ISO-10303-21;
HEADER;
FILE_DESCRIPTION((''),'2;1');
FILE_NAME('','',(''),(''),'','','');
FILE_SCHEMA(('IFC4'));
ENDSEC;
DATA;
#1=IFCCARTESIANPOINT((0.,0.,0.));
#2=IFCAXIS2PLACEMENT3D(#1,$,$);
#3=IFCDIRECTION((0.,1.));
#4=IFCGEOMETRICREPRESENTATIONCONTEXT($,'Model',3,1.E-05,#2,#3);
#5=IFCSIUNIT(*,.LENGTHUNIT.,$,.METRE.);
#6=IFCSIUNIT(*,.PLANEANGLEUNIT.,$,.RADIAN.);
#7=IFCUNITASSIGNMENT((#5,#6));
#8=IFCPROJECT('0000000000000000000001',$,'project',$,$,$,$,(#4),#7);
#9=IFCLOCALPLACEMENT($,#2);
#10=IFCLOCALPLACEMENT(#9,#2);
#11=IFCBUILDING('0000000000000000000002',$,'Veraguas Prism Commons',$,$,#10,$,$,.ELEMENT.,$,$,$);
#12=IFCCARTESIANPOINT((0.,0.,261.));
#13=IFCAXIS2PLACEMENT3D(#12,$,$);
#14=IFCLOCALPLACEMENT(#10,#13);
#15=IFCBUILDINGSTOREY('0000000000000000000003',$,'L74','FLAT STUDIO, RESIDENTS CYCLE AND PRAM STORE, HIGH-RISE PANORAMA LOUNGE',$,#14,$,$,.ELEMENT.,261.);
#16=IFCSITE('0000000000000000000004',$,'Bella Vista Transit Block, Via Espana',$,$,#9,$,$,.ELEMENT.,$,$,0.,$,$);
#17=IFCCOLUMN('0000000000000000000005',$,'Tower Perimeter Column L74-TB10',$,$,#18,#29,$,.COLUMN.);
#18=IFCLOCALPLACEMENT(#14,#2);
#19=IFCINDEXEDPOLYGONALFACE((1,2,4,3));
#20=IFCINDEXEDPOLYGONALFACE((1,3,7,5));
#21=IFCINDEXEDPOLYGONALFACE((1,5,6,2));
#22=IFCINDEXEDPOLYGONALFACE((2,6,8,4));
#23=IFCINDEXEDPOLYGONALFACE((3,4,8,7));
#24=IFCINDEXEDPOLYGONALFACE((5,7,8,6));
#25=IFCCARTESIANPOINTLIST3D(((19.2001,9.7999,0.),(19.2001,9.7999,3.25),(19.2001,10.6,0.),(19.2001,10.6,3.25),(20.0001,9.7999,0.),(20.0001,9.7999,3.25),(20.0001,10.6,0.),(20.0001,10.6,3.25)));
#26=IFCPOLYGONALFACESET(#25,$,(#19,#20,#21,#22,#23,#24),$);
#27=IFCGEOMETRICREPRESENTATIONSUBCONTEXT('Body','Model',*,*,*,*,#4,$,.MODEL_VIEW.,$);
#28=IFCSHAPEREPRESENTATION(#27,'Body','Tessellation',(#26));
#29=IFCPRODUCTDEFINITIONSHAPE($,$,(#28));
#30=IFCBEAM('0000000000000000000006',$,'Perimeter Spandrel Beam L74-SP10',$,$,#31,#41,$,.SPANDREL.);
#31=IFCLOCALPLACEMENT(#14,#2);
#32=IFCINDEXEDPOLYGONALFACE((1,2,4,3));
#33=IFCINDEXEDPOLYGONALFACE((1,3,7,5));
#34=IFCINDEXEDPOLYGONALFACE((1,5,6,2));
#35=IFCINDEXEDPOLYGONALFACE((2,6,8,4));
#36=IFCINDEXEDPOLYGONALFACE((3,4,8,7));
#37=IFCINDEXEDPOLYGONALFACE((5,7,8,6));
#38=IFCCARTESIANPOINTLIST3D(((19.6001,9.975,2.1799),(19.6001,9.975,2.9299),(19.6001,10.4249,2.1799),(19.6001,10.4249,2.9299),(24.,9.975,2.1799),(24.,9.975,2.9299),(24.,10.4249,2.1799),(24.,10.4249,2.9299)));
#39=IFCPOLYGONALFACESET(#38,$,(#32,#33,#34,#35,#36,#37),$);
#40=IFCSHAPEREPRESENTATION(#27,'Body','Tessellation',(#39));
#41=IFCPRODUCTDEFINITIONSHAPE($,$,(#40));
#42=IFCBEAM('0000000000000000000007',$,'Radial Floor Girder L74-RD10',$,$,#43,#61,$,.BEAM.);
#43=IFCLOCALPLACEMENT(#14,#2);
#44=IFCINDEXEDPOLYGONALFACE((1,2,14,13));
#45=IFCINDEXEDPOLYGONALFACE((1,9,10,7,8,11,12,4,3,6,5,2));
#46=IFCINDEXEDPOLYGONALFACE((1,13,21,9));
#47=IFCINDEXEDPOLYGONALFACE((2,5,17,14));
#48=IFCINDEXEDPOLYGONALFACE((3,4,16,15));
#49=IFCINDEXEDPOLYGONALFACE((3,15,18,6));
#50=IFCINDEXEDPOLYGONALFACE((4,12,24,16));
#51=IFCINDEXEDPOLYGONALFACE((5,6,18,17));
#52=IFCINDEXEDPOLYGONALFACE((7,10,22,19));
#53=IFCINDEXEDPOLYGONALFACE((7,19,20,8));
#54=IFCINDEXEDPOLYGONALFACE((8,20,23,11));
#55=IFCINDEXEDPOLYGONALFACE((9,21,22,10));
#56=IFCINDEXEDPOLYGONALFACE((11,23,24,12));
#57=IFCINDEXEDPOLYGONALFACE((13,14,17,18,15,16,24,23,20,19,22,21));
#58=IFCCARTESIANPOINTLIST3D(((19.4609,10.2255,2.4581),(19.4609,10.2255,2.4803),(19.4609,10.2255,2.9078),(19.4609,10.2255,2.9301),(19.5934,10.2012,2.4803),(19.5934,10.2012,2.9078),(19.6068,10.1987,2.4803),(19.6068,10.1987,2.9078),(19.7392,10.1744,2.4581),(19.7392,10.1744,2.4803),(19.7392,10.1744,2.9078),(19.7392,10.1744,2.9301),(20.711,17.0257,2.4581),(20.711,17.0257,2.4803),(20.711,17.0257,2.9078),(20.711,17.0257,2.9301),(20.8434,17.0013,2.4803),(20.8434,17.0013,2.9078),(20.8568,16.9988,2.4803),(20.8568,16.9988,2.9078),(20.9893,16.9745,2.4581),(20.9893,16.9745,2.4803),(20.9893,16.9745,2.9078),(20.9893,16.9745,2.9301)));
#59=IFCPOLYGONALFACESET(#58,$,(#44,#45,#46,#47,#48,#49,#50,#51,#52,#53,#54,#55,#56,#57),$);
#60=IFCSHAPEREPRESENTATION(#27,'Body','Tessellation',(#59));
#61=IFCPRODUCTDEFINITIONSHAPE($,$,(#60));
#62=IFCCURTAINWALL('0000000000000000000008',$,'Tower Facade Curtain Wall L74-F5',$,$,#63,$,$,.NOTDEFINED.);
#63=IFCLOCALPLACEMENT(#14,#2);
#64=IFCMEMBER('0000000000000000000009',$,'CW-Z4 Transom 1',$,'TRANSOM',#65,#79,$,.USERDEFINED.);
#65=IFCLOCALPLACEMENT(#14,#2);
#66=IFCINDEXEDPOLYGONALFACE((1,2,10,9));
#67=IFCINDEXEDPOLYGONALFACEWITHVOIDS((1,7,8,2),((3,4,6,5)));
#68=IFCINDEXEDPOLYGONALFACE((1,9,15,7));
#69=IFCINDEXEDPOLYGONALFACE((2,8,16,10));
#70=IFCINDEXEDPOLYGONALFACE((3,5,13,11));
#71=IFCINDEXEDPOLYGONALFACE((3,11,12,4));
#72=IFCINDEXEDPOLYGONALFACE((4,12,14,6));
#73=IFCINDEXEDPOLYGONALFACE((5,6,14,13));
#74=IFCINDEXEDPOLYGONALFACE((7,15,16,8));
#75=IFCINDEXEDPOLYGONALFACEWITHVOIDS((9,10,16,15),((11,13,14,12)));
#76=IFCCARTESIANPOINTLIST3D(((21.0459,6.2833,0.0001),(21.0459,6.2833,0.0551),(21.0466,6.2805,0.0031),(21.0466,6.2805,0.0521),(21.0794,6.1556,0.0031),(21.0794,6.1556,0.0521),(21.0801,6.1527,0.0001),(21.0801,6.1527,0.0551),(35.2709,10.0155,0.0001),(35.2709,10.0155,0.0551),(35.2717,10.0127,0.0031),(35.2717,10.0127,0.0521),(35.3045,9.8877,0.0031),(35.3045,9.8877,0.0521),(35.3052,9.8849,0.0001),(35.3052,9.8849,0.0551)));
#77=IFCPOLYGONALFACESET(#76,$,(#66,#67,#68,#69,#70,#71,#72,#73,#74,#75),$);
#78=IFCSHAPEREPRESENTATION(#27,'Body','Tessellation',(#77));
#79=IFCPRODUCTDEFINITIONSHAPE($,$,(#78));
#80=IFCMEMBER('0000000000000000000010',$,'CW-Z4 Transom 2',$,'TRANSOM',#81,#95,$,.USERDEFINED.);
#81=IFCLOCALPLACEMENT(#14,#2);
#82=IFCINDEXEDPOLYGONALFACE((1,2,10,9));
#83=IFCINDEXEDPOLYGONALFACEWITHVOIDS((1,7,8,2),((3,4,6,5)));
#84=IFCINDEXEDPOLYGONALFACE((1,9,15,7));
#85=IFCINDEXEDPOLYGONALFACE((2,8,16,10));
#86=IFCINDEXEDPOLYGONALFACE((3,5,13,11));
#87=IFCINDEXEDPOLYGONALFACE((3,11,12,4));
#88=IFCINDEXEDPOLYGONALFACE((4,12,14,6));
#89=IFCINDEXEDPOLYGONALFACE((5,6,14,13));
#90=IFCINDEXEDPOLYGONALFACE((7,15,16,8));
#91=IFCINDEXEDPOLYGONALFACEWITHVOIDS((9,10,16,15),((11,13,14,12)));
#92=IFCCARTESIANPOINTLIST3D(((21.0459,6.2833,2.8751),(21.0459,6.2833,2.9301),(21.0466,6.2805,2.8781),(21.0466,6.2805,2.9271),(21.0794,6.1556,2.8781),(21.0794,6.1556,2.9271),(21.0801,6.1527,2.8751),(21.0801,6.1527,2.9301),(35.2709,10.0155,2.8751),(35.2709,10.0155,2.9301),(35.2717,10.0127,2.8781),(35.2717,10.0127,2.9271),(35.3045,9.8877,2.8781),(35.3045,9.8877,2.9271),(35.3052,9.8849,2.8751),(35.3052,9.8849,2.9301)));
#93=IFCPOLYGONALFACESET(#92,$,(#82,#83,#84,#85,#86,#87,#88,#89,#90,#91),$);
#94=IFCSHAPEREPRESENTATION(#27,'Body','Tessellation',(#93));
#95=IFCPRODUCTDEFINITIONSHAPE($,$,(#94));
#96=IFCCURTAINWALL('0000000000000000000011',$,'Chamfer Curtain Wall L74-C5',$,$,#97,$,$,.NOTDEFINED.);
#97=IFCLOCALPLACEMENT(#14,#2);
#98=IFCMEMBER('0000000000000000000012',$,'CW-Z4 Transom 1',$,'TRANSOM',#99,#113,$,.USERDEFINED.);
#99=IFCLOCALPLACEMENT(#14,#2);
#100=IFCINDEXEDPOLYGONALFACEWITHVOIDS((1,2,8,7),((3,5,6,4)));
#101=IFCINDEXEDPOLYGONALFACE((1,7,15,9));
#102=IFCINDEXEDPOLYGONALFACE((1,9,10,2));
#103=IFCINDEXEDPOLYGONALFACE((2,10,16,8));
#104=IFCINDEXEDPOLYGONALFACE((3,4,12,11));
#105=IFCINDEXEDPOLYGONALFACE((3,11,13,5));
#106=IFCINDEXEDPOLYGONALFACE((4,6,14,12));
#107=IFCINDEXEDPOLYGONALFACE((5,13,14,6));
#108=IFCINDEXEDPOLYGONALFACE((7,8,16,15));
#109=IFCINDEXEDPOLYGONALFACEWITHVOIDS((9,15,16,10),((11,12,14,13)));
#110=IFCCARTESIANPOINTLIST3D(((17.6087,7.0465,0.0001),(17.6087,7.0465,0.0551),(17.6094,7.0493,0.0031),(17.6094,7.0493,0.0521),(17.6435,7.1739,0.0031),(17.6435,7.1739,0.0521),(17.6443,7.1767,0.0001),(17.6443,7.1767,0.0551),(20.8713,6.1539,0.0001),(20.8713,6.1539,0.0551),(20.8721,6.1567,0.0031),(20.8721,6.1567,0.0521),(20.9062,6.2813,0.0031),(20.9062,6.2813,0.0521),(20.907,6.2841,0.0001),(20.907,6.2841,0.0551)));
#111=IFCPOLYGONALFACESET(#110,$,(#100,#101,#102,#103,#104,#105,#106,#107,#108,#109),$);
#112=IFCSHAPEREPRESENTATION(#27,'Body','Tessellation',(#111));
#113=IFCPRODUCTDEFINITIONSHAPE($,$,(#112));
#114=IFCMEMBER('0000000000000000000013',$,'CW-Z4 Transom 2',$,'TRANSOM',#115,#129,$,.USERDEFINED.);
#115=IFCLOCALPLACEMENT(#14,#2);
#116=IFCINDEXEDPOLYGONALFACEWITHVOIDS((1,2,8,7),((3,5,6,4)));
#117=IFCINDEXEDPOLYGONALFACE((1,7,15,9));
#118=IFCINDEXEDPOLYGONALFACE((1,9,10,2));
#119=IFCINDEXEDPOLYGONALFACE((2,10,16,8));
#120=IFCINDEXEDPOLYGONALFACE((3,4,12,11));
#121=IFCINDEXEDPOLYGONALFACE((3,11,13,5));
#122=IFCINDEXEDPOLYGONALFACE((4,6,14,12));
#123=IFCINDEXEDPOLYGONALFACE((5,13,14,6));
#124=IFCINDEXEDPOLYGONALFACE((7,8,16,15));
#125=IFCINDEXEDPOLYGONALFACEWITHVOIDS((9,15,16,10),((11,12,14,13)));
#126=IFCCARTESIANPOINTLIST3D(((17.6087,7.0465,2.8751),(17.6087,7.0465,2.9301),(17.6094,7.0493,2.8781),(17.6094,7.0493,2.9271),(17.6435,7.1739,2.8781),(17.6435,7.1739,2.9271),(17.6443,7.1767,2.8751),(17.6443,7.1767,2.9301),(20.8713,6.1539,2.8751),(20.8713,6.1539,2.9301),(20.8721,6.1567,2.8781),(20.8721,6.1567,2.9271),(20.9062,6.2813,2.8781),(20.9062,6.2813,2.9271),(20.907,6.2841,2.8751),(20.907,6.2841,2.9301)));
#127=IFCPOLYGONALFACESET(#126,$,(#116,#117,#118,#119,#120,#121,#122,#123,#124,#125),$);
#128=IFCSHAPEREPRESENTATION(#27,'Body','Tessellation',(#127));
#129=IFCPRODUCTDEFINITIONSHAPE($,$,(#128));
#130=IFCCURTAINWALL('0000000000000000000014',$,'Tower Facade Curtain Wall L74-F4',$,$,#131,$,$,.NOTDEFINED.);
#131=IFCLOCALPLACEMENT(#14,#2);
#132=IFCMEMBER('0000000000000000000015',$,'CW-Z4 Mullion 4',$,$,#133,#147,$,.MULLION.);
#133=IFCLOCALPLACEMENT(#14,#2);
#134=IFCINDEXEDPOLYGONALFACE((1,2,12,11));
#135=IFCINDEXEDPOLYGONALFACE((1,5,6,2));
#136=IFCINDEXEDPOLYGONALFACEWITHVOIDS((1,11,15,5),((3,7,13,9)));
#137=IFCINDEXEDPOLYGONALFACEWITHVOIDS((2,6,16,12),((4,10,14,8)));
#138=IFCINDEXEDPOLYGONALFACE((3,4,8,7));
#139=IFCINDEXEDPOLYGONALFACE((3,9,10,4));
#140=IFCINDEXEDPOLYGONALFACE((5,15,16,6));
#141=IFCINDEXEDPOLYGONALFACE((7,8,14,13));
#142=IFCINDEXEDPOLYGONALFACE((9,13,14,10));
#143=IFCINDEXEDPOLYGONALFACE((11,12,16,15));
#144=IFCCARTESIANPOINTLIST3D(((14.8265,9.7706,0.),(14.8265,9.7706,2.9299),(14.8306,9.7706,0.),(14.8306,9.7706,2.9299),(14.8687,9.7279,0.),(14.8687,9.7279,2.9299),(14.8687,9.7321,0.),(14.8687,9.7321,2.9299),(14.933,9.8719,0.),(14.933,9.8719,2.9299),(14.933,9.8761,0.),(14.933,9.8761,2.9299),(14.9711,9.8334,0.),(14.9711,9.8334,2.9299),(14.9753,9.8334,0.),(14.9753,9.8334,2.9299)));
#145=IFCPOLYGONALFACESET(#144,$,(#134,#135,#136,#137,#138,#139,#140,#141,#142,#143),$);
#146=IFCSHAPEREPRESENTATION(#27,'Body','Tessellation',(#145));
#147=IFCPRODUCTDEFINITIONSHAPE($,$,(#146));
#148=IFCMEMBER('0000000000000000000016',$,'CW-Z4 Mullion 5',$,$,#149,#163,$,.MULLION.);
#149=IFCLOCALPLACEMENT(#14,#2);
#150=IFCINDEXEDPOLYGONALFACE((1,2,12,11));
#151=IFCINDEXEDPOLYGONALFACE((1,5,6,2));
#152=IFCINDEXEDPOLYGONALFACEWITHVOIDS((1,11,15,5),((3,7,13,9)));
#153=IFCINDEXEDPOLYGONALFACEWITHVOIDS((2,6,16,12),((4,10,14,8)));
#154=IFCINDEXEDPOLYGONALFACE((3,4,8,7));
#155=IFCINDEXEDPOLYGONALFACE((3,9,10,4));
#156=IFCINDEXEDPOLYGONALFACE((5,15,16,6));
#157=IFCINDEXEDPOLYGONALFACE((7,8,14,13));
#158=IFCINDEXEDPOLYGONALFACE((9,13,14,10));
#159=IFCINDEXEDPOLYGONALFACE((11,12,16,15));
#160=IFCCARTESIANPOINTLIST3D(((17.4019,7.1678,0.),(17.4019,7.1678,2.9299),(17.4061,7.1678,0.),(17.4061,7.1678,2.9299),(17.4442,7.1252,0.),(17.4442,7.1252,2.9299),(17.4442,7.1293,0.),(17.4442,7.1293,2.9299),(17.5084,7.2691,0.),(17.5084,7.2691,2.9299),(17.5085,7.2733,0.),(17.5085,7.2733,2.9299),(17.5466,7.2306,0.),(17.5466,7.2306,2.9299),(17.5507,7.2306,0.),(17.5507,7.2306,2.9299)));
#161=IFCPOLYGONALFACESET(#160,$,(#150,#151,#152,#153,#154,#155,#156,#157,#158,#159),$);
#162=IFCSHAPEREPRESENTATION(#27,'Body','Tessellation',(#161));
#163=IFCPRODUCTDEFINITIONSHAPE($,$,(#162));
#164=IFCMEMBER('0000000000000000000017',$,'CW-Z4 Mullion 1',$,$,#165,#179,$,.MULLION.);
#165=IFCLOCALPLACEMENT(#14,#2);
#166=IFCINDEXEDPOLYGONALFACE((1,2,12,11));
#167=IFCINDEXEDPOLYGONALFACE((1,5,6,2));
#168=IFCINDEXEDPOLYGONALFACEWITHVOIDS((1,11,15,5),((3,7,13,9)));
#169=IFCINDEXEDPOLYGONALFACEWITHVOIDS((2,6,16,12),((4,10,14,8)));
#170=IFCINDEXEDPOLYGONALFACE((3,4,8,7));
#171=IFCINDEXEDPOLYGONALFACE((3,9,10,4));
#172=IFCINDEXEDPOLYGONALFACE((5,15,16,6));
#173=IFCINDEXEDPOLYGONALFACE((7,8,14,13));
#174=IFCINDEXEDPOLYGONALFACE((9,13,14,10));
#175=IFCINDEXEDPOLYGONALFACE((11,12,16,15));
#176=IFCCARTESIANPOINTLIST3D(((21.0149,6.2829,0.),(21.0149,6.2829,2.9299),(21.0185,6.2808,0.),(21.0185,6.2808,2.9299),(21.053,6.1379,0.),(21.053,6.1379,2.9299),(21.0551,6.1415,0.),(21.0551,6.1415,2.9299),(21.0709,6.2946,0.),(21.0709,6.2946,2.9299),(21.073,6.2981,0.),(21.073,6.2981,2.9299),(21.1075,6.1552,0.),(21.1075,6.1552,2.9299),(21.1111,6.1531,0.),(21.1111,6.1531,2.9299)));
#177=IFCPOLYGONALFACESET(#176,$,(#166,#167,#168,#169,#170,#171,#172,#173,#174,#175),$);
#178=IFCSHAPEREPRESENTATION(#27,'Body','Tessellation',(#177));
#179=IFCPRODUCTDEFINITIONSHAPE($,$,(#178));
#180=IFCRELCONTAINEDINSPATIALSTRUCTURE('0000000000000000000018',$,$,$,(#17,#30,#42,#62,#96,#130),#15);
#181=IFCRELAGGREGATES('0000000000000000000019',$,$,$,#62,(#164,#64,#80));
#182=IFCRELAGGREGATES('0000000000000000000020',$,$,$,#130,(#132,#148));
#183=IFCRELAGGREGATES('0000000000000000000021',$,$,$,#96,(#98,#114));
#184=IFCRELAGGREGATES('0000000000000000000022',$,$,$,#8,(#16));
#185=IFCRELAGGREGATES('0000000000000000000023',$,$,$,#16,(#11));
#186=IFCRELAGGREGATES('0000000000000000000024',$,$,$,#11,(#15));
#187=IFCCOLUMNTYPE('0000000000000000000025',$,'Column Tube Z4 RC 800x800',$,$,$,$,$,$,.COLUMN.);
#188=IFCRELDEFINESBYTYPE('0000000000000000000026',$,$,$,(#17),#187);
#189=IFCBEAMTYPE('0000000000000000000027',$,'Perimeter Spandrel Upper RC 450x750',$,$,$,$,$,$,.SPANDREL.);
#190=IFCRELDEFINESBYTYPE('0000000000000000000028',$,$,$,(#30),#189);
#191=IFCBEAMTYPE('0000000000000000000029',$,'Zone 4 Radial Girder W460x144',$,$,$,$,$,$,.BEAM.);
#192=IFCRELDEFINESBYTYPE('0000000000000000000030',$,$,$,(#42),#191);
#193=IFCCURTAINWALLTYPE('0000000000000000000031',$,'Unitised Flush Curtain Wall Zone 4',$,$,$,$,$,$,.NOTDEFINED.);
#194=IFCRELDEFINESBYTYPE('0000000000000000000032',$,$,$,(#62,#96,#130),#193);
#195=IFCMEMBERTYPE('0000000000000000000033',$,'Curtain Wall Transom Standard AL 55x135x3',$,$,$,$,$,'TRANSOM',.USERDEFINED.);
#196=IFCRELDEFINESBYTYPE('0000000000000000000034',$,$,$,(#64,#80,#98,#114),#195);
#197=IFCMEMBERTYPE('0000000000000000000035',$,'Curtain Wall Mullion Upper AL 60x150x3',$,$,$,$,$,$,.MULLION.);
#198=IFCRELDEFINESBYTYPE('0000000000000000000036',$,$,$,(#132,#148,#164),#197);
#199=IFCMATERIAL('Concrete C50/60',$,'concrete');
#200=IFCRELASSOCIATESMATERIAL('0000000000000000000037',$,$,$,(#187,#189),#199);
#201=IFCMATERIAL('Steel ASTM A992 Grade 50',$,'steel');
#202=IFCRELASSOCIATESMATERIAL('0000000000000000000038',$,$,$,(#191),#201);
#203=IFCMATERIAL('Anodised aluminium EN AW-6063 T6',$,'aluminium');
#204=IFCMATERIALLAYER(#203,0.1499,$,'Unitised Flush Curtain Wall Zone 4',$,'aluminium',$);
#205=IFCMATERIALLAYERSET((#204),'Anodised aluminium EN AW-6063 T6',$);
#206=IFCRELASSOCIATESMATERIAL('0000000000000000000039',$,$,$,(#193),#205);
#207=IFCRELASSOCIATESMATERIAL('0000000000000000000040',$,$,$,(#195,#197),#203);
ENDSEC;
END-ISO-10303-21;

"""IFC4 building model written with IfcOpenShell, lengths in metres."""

from ifc_helpers import new_model, si_unit, direction, frame, origin, origin_2d, place, context, subcontext, project, spatial, rectangle, hollow_rectangle, i_section, extrude, source, transform, mapped, material, layer, layer_set, material_profile, profile_set, type_object, element, aggregate, save


model = new_model("IFC4")

# Units and contexts
model_context = context("Model", 3, precision=1e-05, world=origin(), true_north=direction((0.0, 1.0)))
body_context = subcontext(model_context, "Body", "Model", "MODEL_VIEW")
ifc_project = project(units=[si_unit("LENGTHUNIT", "METRE"), si_unit("PLANEANGLEUNIT", "RADIAN")], contexts=[model_context])

# Site, building, storey
site_placement = place(None, origin())
site = spatial("IfcSite", under=ifc_project, at=site_placement, Name="Bella Vista Transit Block, Via Espana", CompositionType="ELEMENT", RefElevation=0.0)
building_placement = place(site_placement, origin())
building = spatial("IfcBuilding", under=site, at=building_placement, Name="Veraguas Prism Commons", CompositionType="ELEMENT")
storey_placement = place(building_placement, frame((0.0, 0.0, 261.0)))
storey = spatial("IfcBuildingStorey", under=building, at=storey_placement, Name="L74", Description="FLAT STUDIO, RESIDENTS CYCLE AND PRAM STORE, HIGH-RISE PANORAMA LOUNGE", CompositionType="ELEMENT", Elevation=261.0)

# Column
ifc_material_1 = material(Name="Concrete C50/60", Category="concrete")
ifc_material_profile_1 = material_profile(ifc_material_1, rectangle(XDim=0.8, YDim=0.8, at=origin_2d()), Name="RC800X800")
ifc_profile_set_1 = profile_set([ifc_material_profile_1], Name="Concrete C50/60")
column_type = type_object("IfcColumnType", Name="Column Tube Z4 RC 800x800", PredefinedType="COLUMN", material=ifc_profile_set_1)
column_placement = place(storey_placement, frame((19.6001, 10.2, 0.0), z_axis=(0.0, 0.0, 1.0), x_axis=(1.0, 0.0, 0.0)))
element("IfcColumn", 1, at=column_placement, inside=storey, type_object=column_type, Name="Tower Perimeter Column L74-TB10", PredefinedType="COLUMN", context=body_context, shape_type="SweptSolid", body=[
    extrude(rectangle(XDim=0.8, YDim=0.8, at=origin_2d()), origin(), (0.0, 0.0, 1.0), 3.25),
])

# Beams
ifc_material_profile_2 = material_profile(ifc_material_1, rectangle(XDim=0.45, YDim=0.75, at=origin_2d()), Name="RC450X750")
ifc_profile_set_2 = profile_set([ifc_material_profile_2], Name="Concrete C50/60")
beam_type_1 = type_object("IfcBeamType", Name="Perimeter Spandrel Upper RC 450x750", PredefinedType="SPANDREL", material=ifc_profile_set_2)
beam_1_placement = place(storey_placement, frame((19.6001, 10.2, 2.5549), z_axis=(1.0, 0.0, 0.0), x_axis=(0.0, 1.0, 0.0)))
element("IfcBeam", 2, at=beam_1_placement, inside=storey, type_object=beam_type_1, Name="Perimeter Spandrel Beam L74-SP10", PredefinedType="SPANDREL", context=body_context, shape_type="SweptSolid", body=[
    extrude(rectangle(XDim=0.45, YDim=0.75, at=origin_2d()), origin(), (0.0, 0.0, 1.0), 4.3999),
])
ifc_material_2 = material(Name="Steel ASTM A992 Grade 50", Category="steel")
ifc_material_profile_3 = material_profile(ifc_material_2, i_section(OverallWidth=0.283, OverallDepth=0.4719, WebThickness=0.0137, FlangeThickness=0.0222, at=origin_2d()), Name="W460X144")
ifc_profile_set_3 = profile_set([ifc_material_profile_3], Name="Steel ASTM A992 Grade 50")
beam_type_2 = type_object("IfcBeamType", Name="Zone 4 Radial Girder W460x144", PredefinedType="BEAM", material=ifc_profile_set_3)
beam_2_placement = place(storey_placement, frame((19.6001, 10.2, 2.6941), z_axis=(0.180793, 0.983521, 0.0), x_axis=(-0.983521, 0.180793, 0.0)))
element("IfcBeam", 3, at=beam_2_placement, inside=storey, type_object=beam_type_2, Name="Radial Floor Girder L74-RD10", PredefinedType="BEAM", context=body_context, shape_type="SweptSolid", body=[
    extrude(i_section(OverallWidth=0.283, OverallDepth=0.4719, WebThickness=0.0137, FlangeThickness=0.0222, at=origin_2d()), origin(), (0.0, 0.0, 1.0), 6.9141),
])

# Curtain walls, members
ifc_material_3 = material(Name="Anodised aluminium EN AW-6063 T6", Category="aluminium")
ifc_layer_1 = layer(ifc_material_3, 0.1499, Name="Unitised Flush Curtain Wall Zone 4", Category="aluminium")
ifc_layer_set_1 = layer_set([ifc_layer_1], Name="Anodised aluminium EN AW-6063 T6")
curtain_wall_type = type_object("IfcCurtainWallType", Name="Unitised Flush Curtain Wall Zone 4", PredefinedType="NOTDEFINED", material=ifc_layer_set_1)
curtain_wall_1_placement = place(storey_placement, origin())
curtain_wall_1 = element("IfcCurtainWall", 4, at=curtain_wall_1_placement, inside=storey, type_object=curtain_wall_type, Name="Tower Facade Curtain Wall L74-F5", PredefinedType="NOTDEFINED")
ifc_material_profile_4 = material_profile(ifc_material_3, hollow_rectangle(XDim=0.0549, YDim=0.135, WallThickness=0.0029, at=origin_2d()), Name="AL55X135X3")
ifc_profile_set_4 = profile_set([ifc_material_profile_4], Name="Anodised aluminium EN AW-6063 T6")
member_type_1 = type_object("IfcMemberType", Name="Curtain Wall Transom Standard AL 55x135x3", ElementType="TRANSOM", PredefinedType="USERDEFINED", material=ifc_profile_set_4)
shared_shape_1 = source(origin(), body_context, "Body", "SweptSolid", [
    extrude(hollow_rectangle(XDim=0.0549, YDim=0.135, WallThickness=0.0029, at=origin_2d()), origin(), (0.0, 0.0, 1.0), 14.7065),
])
member_1_placement = place(storey_placement, frame((21.063, 6.218, 0.0276), z_axis=(0.967263, 0.253777, 0.0), x_axis=(0.0, 0.0, 1.0)))
member_1 = element("IfcMember", 5, at=member_1_placement, type_object=member_type_1, Name="CW-Z4 Transom 1", ObjectType="TRANSOM", PredefinedType="USERDEFINED", context=body_context, shape_type="MappedRepresentation", body=[
    mapped(shared_shape_1, transform((0.0, 0.0, 0.0), scale=1.0)),
])
member_2_placement = place(storey_placement, frame((21.063, 6.218, 2.9026), z_axis=(0.967263, 0.253777, 0.0), x_axis=(0.0, 0.0, 1.0)))
member_2 = element("IfcMember", 6, at=member_2_placement, type_object=member_type_1, Name="CW-Z4 Transom 2", ObjectType="TRANSOM", PredefinedType="USERDEFINED", context=body_context, shape_type="MappedRepresentation", body=[
    mapped(shared_shape_1, transform((0.0, 0.0, 0.0), scale=1.0)),
])
curtain_wall_2_placement = place(storey_placement, origin())
curtain_wall_2 = element("IfcCurtainWall", 7, at=curtain_wall_2_placement, inside=storey, type_object=curtain_wall_type, Name="Chamfer Curtain Wall L74-C5", PredefinedType="NOTDEFINED")
shared_shape_2 = source(origin(), body_context, "Body", "SweptSolid", [
    extrude(hollow_rectangle(XDim=0.0549, YDim=0.135, WallThickness=0.0029, at=origin_2d()), origin(), (0.0, 0.0, 1.0), 3.3826),
])
member_3_placement = place(storey_placement, frame((17.6265, 7.1116, 0.0276), z_axis=(0.964557, -0.263875, 0.0), x_axis=(0.0, 0.0, 1.0)))
member_3 = element("IfcMember", 8, at=member_3_placement, type_object=member_type_1, Name="CW-Z4 Transom 1", ObjectType="TRANSOM", PredefinedType="USERDEFINED", context=body_context, shape_type="MappedRepresentation", body=[
    mapped(shared_shape_2, transform((0.0, 0.0, 0.0), scale=1.0)),
])
member_4_placement = place(storey_placement, frame((17.6265, 7.1116, 2.9026), z_axis=(0.964557, -0.263875, 0.0), x_axis=(0.0, 0.0, 1.0)))
member_4 = element("IfcMember", 9, at=member_4_placement, type_object=member_type_1, Name="CW-Z4 Transom 2", ObjectType="TRANSOM", PredefinedType="USERDEFINED", context=body_context, shape_type="MappedRepresentation", body=[
    mapped(shared_shape_2, transform((0.0, 0.0, 0.0), scale=1.0)),
])
curtain_wall_3_placement = place(storey_placement, origin())
curtain_wall_3 = element("IfcCurtainWall", 10, at=curtain_wall_3_placement, inside=storey, type_object=curtain_wall_type, Name="Tower Facade Curtain Wall L74-F4", PredefinedType="NOTDEFINED")
ifc_material_profile_5 = material_profile(ifc_material_3, hollow_rectangle(XDim=0.0601, YDim=0.1499, WallThickness=0.0029, at=origin_2d()), Name="AL60X150X3")
ifc_profile_set_5 = profile_set([ifc_material_profile_5], Name="Anodised aluminium EN AW-6063 T6")
member_type_2 = type_object("IfcMemberType", Name="Curtain Wall Mullion Upper AL 60x150x3", PredefinedType="MULLION", material=ifc_profile_set_5)
shared_shape_3 = source(origin(), body_context, "Body", "SweptSolid", [
    extrude(hollow_rectangle(XDim=0.0601, YDim=0.1499, WallThickness=0.0029, at=origin_2d()), origin(), (0.0, 0.0, 1.0), 2.9299),
])
member_5_placement = place(storey_placement, frame((14.9009, 9.802, 0.0), z_axis=(0.0, 0.0, 1.0), x_axis=(0.703392, -0.710802, 0.0)))
member_5 = element("IfcMember", 11, at=member_5_placement, type_object=member_type_2, Name="CW-Z4 Mullion 4", PredefinedType="MULLION", context=body_context, shape_type="MappedRepresentation", body=[
    mapped(shared_shape_3, transform((0.0, 0.0, 0.0), scale=1.0)),
])
member_6_placement = place(storey_placement, frame((17.4763, 7.1992, 0.0), z_axis=(0.0, 0.0, 1.0), x_axis=(0.703392, -0.710802, 0.0)))
member_6 = element("IfcMember", 12, at=member_6_placement, type_object=member_type_2, Name="CW-Z4 Mullion 5", PredefinedType="MULLION", context=body_context, shape_type="MappedRepresentation", body=[
    mapped(shared_shape_3, transform((0.0, 0.0, 0.0), scale=1.0)),
])

# Member
member_7_placement = place(storey_placement, frame((21.063, 6.218, 0.0), z_axis=(0.0, 0.0, 1.0), x_axis=(0.967266, 0.253765, 0.0)))
member_7 = element("IfcMember", 13, at=member_7_placement, type_object=member_type_2, Name="CW-Z4 Mullion 1", PredefinedType="MULLION", context=body_context, shape_type="MappedRepresentation", body=[
    mapped(shared_shape_3, transform((0.0, 0.0, 0.0), scale=1.0)),
])
aggregate(curtain_wall_1, [member_7, member_1, member_2])

aggregate(curtain_wall_3, [member_5, member_6])
aggregate(curtain_wall_2, [member_3, member_4])

save(model, "model.ifc")
